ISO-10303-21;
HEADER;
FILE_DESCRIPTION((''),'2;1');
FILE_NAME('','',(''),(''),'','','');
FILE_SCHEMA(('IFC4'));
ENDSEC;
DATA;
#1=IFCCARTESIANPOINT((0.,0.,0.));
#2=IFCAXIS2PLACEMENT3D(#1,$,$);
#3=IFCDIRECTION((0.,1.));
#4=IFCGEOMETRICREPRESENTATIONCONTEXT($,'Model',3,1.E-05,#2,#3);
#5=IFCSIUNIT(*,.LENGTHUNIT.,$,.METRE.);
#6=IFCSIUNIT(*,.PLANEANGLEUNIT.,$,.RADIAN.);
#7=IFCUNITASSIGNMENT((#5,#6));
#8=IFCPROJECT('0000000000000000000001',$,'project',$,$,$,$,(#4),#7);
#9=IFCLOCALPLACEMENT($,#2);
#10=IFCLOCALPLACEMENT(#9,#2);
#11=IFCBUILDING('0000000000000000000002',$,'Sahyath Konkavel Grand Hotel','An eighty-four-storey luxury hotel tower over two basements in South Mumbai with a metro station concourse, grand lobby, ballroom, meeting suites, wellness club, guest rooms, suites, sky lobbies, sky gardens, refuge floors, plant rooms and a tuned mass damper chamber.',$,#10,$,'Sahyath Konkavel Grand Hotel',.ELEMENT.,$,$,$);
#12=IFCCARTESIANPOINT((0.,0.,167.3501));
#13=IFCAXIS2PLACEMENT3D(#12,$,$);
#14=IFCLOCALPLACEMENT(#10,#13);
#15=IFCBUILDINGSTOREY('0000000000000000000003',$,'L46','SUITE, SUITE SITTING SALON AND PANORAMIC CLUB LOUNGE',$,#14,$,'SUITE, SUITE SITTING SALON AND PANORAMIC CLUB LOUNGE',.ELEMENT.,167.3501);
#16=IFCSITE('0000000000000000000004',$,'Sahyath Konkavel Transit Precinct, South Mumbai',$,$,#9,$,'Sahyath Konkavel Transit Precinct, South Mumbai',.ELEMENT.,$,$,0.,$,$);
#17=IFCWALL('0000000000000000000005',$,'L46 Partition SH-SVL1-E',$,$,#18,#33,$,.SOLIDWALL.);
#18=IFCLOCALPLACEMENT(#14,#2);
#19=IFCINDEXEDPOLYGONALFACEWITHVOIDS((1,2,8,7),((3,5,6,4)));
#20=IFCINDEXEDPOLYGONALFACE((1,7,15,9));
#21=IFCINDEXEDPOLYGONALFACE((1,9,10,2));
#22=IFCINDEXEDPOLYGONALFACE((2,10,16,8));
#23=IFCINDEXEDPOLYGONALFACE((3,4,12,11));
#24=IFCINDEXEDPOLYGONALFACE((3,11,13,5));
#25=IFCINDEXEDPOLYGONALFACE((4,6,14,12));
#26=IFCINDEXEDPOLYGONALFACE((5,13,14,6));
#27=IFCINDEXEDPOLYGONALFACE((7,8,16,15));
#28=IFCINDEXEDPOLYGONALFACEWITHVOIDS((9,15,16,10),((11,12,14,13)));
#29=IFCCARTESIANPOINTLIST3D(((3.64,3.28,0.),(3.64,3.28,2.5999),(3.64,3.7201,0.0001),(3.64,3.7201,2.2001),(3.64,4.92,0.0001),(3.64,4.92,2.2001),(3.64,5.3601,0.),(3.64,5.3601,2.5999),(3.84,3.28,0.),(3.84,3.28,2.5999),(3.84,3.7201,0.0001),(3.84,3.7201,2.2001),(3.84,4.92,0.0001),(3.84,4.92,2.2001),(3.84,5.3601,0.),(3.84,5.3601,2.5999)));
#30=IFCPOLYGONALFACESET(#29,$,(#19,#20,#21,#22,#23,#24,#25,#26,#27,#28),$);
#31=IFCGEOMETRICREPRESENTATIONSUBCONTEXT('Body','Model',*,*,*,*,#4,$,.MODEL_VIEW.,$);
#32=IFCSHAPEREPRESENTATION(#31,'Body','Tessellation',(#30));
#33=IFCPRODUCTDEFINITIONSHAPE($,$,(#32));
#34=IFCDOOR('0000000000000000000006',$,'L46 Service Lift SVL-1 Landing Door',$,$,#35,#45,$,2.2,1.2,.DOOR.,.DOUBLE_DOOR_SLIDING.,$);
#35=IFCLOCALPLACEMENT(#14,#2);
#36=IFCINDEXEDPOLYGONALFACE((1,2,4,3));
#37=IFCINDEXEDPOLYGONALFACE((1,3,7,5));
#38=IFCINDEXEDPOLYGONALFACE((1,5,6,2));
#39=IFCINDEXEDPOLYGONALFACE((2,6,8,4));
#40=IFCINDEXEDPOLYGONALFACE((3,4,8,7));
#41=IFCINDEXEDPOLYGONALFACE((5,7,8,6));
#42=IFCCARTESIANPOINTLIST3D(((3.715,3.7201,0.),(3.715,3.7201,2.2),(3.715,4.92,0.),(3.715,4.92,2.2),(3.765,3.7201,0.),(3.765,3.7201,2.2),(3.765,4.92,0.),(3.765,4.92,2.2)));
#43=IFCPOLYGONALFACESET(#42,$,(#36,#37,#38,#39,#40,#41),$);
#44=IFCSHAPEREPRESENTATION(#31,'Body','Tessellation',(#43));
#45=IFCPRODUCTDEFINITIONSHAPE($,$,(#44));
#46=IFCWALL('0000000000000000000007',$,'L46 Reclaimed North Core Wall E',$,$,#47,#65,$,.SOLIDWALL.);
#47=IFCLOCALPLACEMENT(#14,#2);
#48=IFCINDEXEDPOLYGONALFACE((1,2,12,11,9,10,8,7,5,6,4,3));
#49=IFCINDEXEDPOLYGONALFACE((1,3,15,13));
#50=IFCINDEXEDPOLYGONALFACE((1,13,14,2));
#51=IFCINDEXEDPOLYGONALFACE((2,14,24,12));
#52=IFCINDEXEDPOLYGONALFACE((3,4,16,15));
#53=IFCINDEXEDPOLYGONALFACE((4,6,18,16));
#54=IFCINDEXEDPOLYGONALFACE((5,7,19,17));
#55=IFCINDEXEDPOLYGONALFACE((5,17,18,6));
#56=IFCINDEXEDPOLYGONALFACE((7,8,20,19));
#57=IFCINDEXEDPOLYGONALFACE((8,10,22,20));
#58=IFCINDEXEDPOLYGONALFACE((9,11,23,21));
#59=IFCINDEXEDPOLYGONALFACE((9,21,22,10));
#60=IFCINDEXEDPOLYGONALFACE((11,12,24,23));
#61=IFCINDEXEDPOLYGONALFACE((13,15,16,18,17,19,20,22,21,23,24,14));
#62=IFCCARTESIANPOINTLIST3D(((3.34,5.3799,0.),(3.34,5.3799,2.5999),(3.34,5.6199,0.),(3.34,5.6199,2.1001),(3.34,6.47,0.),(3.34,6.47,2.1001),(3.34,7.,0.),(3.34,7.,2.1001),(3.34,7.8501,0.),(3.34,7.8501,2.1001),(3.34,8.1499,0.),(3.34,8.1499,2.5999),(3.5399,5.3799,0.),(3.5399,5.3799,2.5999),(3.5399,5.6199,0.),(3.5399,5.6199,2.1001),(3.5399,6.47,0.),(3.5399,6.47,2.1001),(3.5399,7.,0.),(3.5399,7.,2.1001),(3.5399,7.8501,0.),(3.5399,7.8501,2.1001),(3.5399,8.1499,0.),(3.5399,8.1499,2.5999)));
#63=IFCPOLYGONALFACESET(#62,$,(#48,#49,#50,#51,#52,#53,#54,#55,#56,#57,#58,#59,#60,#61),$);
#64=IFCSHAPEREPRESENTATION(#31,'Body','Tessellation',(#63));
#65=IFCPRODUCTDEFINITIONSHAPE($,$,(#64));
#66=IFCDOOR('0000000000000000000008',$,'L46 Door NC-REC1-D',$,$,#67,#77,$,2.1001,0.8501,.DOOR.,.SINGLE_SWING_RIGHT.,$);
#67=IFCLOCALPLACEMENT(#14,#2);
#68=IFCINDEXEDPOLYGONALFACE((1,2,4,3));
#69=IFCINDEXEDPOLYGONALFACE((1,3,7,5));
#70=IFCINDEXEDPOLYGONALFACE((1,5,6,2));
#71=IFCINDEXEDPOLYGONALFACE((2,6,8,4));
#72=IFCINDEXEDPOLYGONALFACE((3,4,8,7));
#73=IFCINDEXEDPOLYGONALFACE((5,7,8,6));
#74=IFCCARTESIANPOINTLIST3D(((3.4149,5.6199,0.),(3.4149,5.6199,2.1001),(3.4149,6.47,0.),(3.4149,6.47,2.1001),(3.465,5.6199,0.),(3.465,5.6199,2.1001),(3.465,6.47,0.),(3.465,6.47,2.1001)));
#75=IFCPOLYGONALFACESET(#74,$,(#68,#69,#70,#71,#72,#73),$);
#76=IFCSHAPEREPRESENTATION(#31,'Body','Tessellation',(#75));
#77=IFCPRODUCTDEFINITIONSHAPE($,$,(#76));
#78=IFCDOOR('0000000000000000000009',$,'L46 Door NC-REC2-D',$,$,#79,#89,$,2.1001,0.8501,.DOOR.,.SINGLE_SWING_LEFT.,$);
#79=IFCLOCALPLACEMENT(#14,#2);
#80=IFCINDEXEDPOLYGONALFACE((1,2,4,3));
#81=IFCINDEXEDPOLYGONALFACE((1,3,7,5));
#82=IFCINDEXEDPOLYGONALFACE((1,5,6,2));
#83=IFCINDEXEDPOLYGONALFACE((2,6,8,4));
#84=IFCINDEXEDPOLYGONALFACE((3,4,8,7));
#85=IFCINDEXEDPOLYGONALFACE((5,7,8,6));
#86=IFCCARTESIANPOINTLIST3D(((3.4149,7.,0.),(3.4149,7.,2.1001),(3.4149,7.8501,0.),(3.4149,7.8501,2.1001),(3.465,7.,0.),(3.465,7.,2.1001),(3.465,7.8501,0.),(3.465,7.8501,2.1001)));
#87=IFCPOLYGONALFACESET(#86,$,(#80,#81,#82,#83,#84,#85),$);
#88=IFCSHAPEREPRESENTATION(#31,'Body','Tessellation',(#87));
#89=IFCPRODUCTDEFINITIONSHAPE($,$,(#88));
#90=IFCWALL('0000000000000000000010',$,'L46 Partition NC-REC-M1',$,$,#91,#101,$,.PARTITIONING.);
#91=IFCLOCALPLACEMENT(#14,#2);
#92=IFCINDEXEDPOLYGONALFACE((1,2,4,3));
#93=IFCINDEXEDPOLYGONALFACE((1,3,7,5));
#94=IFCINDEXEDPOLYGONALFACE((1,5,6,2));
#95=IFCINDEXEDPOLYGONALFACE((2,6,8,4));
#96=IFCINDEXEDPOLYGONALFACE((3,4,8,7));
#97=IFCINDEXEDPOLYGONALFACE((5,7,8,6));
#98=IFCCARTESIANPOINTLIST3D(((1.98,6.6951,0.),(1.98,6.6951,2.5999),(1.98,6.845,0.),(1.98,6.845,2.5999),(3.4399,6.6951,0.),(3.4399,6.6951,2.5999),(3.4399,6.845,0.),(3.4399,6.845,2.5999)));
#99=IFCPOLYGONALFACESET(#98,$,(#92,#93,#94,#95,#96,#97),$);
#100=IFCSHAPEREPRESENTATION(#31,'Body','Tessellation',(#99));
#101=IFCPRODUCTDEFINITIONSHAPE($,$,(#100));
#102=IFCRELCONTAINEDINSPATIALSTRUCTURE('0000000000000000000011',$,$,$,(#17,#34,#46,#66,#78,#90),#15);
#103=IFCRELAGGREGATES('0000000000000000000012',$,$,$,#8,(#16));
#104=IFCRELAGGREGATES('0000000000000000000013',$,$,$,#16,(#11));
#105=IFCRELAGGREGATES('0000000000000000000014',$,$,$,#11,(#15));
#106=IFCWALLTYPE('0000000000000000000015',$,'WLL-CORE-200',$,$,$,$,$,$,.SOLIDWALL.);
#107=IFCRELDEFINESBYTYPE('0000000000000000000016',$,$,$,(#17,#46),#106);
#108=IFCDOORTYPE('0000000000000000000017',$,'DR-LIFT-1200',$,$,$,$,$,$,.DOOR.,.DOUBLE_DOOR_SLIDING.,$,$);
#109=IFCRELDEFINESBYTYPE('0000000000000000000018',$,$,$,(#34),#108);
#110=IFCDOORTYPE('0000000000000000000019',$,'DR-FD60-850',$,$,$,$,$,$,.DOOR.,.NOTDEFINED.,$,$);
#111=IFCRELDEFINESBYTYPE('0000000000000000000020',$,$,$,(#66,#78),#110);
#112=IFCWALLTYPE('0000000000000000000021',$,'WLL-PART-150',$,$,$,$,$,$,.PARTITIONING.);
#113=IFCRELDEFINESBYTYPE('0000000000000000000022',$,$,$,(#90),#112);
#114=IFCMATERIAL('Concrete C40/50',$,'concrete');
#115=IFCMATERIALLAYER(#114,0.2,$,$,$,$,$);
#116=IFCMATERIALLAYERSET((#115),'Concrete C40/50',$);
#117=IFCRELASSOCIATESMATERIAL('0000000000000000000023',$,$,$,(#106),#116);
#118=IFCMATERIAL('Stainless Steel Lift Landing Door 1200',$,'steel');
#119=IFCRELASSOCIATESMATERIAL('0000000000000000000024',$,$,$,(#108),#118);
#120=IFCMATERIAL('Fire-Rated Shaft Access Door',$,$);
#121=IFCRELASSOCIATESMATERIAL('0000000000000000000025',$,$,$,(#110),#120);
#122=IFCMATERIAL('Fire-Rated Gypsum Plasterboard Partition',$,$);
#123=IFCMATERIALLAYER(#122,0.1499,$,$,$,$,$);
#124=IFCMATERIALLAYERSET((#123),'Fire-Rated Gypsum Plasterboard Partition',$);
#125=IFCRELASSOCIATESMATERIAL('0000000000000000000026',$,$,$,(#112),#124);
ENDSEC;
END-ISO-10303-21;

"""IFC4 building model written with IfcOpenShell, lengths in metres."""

from ifc_helpers import new_model, si_unit, direction, frame, frame_2d, origin, origin_2d, place, context, subcontext, project, spatial, rectangle, extrude, source, transform, mapped, material, layer, layer_set, type_object, element, fill, save


model = new_model("IFC4")

# Units and contexts
model_context = context("Model", 3, precision=1e-05, world=origin(), true_north=direction((0.0, 1.0)))
body_context = subcontext(model_context, "Body", "Model", "MODEL_VIEW")
ifc_project = project(units=[si_unit("LENGTHUNIT", "METRE"), si_unit("PLANEANGLEUNIT", "RADIAN")], contexts=[model_context])

# Site, building, storey
site_placement = place(None, origin())
site = spatial("IfcSite", under=ifc_project, at=site_placement, Name="Sahyath Konkavel Transit Precinct, South Mumbai", LongName="Sahyath Konkavel Transit Precinct, South Mumbai", CompositionType="ELEMENT", RefElevation=0.0)
building_placement = place(site_placement, origin())
building = spatial("IfcBuilding", under=site, at=building_placement, Name="Sahyath Konkavel Grand Hotel", Description="An eighty-four-storey luxury hotel tower over two basements in South Mumbai with a metro station concourse, grand lobby, ballroom, meeting suites, wellness club, guest rooms, suites, sky lobbies, sky gardens, refuge floors, plant rooms and a tuned mass damper chamber.", LongName="Sahyath Konkavel Grand Hotel", CompositionType="ELEMENT")
storey_placement = place(building_placement, frame((0.0, 0.0, 167.3501)))
storey = spatial("IfcBuildingStorey", under=building, at=storey_placement, Name="L46", Description="SUITE, SUITE SITTING SALON AND PANORAMIC CLUB LOUNGE", LongName="SUITE, SUITE SITTING SALON AND PANORAMIC CLUB LOUNGE", CompositionType="ELEMENT", Elevation=167.3501)

# Shared definitions
ifc_material_1 = material(Name="Concrete C40/50", Category="concrete")
ifc_layer_1 = layer(ifc_material_1, 0.2)
ifc_layer_set_1 = layer_set([ifc_layer_1], Name="Concrete C40/50")
wall_type_1 = type_object("IfcWallType", Name="WLL-CORE-200", PredefinedType="SOLIDWALL", material=ifc_layer_set_1)
shared_shape_1 = source(origin(), body_context, "Body", "SweptSolid", [
    extrude(rectangle(XDim=0.8501, YDim=0.05, at=origin_2d()), origin(), (0.0, 0.0, 1.0), 2.1001),
])

# Wall, opening, door
wall_1_placement = place(storey_placement, frame((3.74, 3.28, 0.0), z_axis=(0.0, 0.0, 1.0), x_axis=(0.0, 1.0, 0.0)))
wall_1 = element("IfcWall", 1, at=wall_1_placement, inside=storey, type_object=wall_type_1, Name="L46 Partition SH-SVL1-E", PredefinedType="SOLIDWALL", context=body_context, shape_type="SweptSolid", body=[
    extrude(rectangle(XDim=2.0801, YDim=0.2, at=frame_2d((1.04, 0.0))), origin(), (0.0, 0.0, 1.0), 2.5999),
])
opening_1_placement = place(wall_1_placement, frame((0.4399, 0.0, 0.0)))
opening_1 = element("IfcOpeningElement", 2, at=opening_1_placement, cuts=wall_1, PredefinedType="OPENING", context=body_context, shape_type="SweptSolid", body=[
    extrude(rectangle(XDim=1.2, YDim=2.2, at=frame_2d((0.6001, 1.1001))), frame((0.0, 0.1099, 0.0), z_axis=(0.0, -1.0, 0.0), x_axis=(1.0, 0.0, 0.0)), (0.0, 0.0, 1.0), 0.22),
])
ifc_material_2 = material(Name="Stainless Steel Lift Landing Door 1200", Category="steel")
door_type_1 = type_object("IfcDoorType", Name="DR-LIFT-1200", OperationType="DOUBLE_DOOR_SLIDING", PredefinedType="DOOR", material=ifc_material_2)
shared_shape_2 = source(origin(), body_context, "Body", "SweptSolid", [
    extrude(rectangle(XDim=1.2, YDim=0.05, at=origin_2d()), origin(), (0.0, 0.0, 1.0), 2.2),
])
door_1_placement = place(opening_1_placement, frame((0.6001, 0.0, 0.0)))
door_1 = element("IfcDoor", 3, at=door_1_placement, inside=storey, type_object=door_type_1, Name="L46 Service Lift SVL-1 Landing Door", OperationType="DOUBLE_DOOR_SLIDING", OverallHeight=2.2, OverallWidth=1.2, PredefinedType="DOOR", context=body_context, shape_type="MappedRepresentation", body=[
    mapped(shared_shape_2, transform((0.0, 0.0, 0.0), scale=1.0)),
])
fill(opening_1, door_1)

# Wall, openings, doors
wall_2_placement = place(storey_placement, frame((3.4399, 5.3799, 0.0), z_axis=(0.0, 0.0, 1.0), x_axis=(0.0, 1.0, 0.0)))
wall_2 = element("IfcWall", 4, at=wall_2_placement, inside=storey, type_object=wall_type_1, Name="L46 Reclaimed North Core Wall E", PredefinedType="SOLIDWALL", context=body_context, shape_type="SweptSolid", body=[
    extrude(rectangle(XDim=2.77, YDim=0.2, at=frame_2d((1.385, 0.0))), origin(), (0.0, 0.0, 1.0), 2.5999),
])
opening_2_placement = place(wall_2_placement, frame((0.24, 0.0, 0.0)))
opening_2 = element("IfcOpeningElement", 5, at=opening_2_placement, cuts=wall_2, PredefinedType="OPENING", context=body_context, shape_type="SweptSolid", body=[
    extrude(rectangle(XDim=0.8501, YDim=2.1001, at=frame_2d((0.425, 1.05))), frame((0.0, 0.1099, 0.0), z_axis=(0.0, -1.0, 0.0), x_axis=(1.0, 0.0, 0.0)), (0.0, 0.0, 1.0), 0.22),
])
opening_3_placement = place(wall_2_placement, frame((1.6201, 0.0, 0.0)))
opening_3 = element("IfcOpeningElement", 6, at=opening_3_placement, cuts=wall_2, PredefinedType="OPENING", context=body_context, shape_type="SweptSolid", body=[
    extrude(rectangle(XDim=0.8501, YDim=2.1001, at=frame_2d((0.425, 1.05))), frame((0.0, 0.1099, 0.0), z_axis=(0.0, -1.0, 0.0), x_axis=(1.0, 0.0, 0.0)), (0.0, 0.0, 1.0), 0.22),
])
ifc_material_3 = material(Name="Fire-Rated Shaft Access Door")
door_type_2 = type_object("IfcDoorType", Name="DR-FD60-850", OperationType="NOTDEFINED", PredefinedType="DOOR", material=ifc_material_3)
door_2_placement = place(opening_2_placement, frame((0.425, 0.0, 0.0)))
door_2 = element("IfcDoor", 7, at=door_2_placement, inside=storey, type_object=door_type_2, Name="L46 Door NC-REC1-D", OperationType="SINGLE_SWING_RIGHT", OverallHeight=2.1001, OverallWidth=0.8501, PredefinedType="DOOR", context=body_context, shape_type="MappedRepresentation", body=[
    mapped(shared_shape_1, transform((0.0, 0.0, 0.0), scale=1.0)),
])
fill(opening_2, door_2)
door_3_placement = place(opening_3_placement, frame((0.425, 0.0, 0.0)))
door_3 = element("IfcDoor", 8, at=door_3_placement, inside=storey, type_object=door_type_2, Name="L46 Door NC-REC2-D", OperationType="SINGLE_SWING_LEFT", OverallHeight=2.1001, OverallWidth=0.8501, PredefinedType="DOOR", context=body_context, shape_type="MappedRepresentation", body=[
    mapped(shared_shape_1, transform((0.0, 0.0, 0.0), scale=1.0)),
])
fill(opening_3, door_3)

# Wall
ifc_material_4 = material(Name="Fire-Rated Gypsum Plasterboard Partition")
ifc_layer_2 = layer(ifc_material_4, 0.1499)
ifc_layer_set_2 = layer_set([ifc_layer_2], Name="Fire-Rated Gypsum Plasterboard Partition")
wall_type_2 = type_object("IfcWallType", Name="WLL-PART-150", PredefinedType="PARTITIONING", material=ifc_layer_set_2)
wall_3_placement = place(storey_placement, frame((1.98, 6.77, 0.0), z_axis=(0.0, 0.0, 1.0), x_axis=(1.0, 0.0, 0.0)))
element("IfcWall", 9, at=wall_3_placement, inside=storey, type_object=wall_type_2, Name="L46 Partition NC-REC-M1", PredefinedType="PARTITIONING", context=body_context, shape_type="SweptSolid", body=[
    extrude(rectangle(XDim=1.46, YDim=0.1499, at=frame_2d((0.73, 0.0))), origin(), (0.0, 0.0, 1.0), 2.5999),
])

save(model, "model.ifc")
